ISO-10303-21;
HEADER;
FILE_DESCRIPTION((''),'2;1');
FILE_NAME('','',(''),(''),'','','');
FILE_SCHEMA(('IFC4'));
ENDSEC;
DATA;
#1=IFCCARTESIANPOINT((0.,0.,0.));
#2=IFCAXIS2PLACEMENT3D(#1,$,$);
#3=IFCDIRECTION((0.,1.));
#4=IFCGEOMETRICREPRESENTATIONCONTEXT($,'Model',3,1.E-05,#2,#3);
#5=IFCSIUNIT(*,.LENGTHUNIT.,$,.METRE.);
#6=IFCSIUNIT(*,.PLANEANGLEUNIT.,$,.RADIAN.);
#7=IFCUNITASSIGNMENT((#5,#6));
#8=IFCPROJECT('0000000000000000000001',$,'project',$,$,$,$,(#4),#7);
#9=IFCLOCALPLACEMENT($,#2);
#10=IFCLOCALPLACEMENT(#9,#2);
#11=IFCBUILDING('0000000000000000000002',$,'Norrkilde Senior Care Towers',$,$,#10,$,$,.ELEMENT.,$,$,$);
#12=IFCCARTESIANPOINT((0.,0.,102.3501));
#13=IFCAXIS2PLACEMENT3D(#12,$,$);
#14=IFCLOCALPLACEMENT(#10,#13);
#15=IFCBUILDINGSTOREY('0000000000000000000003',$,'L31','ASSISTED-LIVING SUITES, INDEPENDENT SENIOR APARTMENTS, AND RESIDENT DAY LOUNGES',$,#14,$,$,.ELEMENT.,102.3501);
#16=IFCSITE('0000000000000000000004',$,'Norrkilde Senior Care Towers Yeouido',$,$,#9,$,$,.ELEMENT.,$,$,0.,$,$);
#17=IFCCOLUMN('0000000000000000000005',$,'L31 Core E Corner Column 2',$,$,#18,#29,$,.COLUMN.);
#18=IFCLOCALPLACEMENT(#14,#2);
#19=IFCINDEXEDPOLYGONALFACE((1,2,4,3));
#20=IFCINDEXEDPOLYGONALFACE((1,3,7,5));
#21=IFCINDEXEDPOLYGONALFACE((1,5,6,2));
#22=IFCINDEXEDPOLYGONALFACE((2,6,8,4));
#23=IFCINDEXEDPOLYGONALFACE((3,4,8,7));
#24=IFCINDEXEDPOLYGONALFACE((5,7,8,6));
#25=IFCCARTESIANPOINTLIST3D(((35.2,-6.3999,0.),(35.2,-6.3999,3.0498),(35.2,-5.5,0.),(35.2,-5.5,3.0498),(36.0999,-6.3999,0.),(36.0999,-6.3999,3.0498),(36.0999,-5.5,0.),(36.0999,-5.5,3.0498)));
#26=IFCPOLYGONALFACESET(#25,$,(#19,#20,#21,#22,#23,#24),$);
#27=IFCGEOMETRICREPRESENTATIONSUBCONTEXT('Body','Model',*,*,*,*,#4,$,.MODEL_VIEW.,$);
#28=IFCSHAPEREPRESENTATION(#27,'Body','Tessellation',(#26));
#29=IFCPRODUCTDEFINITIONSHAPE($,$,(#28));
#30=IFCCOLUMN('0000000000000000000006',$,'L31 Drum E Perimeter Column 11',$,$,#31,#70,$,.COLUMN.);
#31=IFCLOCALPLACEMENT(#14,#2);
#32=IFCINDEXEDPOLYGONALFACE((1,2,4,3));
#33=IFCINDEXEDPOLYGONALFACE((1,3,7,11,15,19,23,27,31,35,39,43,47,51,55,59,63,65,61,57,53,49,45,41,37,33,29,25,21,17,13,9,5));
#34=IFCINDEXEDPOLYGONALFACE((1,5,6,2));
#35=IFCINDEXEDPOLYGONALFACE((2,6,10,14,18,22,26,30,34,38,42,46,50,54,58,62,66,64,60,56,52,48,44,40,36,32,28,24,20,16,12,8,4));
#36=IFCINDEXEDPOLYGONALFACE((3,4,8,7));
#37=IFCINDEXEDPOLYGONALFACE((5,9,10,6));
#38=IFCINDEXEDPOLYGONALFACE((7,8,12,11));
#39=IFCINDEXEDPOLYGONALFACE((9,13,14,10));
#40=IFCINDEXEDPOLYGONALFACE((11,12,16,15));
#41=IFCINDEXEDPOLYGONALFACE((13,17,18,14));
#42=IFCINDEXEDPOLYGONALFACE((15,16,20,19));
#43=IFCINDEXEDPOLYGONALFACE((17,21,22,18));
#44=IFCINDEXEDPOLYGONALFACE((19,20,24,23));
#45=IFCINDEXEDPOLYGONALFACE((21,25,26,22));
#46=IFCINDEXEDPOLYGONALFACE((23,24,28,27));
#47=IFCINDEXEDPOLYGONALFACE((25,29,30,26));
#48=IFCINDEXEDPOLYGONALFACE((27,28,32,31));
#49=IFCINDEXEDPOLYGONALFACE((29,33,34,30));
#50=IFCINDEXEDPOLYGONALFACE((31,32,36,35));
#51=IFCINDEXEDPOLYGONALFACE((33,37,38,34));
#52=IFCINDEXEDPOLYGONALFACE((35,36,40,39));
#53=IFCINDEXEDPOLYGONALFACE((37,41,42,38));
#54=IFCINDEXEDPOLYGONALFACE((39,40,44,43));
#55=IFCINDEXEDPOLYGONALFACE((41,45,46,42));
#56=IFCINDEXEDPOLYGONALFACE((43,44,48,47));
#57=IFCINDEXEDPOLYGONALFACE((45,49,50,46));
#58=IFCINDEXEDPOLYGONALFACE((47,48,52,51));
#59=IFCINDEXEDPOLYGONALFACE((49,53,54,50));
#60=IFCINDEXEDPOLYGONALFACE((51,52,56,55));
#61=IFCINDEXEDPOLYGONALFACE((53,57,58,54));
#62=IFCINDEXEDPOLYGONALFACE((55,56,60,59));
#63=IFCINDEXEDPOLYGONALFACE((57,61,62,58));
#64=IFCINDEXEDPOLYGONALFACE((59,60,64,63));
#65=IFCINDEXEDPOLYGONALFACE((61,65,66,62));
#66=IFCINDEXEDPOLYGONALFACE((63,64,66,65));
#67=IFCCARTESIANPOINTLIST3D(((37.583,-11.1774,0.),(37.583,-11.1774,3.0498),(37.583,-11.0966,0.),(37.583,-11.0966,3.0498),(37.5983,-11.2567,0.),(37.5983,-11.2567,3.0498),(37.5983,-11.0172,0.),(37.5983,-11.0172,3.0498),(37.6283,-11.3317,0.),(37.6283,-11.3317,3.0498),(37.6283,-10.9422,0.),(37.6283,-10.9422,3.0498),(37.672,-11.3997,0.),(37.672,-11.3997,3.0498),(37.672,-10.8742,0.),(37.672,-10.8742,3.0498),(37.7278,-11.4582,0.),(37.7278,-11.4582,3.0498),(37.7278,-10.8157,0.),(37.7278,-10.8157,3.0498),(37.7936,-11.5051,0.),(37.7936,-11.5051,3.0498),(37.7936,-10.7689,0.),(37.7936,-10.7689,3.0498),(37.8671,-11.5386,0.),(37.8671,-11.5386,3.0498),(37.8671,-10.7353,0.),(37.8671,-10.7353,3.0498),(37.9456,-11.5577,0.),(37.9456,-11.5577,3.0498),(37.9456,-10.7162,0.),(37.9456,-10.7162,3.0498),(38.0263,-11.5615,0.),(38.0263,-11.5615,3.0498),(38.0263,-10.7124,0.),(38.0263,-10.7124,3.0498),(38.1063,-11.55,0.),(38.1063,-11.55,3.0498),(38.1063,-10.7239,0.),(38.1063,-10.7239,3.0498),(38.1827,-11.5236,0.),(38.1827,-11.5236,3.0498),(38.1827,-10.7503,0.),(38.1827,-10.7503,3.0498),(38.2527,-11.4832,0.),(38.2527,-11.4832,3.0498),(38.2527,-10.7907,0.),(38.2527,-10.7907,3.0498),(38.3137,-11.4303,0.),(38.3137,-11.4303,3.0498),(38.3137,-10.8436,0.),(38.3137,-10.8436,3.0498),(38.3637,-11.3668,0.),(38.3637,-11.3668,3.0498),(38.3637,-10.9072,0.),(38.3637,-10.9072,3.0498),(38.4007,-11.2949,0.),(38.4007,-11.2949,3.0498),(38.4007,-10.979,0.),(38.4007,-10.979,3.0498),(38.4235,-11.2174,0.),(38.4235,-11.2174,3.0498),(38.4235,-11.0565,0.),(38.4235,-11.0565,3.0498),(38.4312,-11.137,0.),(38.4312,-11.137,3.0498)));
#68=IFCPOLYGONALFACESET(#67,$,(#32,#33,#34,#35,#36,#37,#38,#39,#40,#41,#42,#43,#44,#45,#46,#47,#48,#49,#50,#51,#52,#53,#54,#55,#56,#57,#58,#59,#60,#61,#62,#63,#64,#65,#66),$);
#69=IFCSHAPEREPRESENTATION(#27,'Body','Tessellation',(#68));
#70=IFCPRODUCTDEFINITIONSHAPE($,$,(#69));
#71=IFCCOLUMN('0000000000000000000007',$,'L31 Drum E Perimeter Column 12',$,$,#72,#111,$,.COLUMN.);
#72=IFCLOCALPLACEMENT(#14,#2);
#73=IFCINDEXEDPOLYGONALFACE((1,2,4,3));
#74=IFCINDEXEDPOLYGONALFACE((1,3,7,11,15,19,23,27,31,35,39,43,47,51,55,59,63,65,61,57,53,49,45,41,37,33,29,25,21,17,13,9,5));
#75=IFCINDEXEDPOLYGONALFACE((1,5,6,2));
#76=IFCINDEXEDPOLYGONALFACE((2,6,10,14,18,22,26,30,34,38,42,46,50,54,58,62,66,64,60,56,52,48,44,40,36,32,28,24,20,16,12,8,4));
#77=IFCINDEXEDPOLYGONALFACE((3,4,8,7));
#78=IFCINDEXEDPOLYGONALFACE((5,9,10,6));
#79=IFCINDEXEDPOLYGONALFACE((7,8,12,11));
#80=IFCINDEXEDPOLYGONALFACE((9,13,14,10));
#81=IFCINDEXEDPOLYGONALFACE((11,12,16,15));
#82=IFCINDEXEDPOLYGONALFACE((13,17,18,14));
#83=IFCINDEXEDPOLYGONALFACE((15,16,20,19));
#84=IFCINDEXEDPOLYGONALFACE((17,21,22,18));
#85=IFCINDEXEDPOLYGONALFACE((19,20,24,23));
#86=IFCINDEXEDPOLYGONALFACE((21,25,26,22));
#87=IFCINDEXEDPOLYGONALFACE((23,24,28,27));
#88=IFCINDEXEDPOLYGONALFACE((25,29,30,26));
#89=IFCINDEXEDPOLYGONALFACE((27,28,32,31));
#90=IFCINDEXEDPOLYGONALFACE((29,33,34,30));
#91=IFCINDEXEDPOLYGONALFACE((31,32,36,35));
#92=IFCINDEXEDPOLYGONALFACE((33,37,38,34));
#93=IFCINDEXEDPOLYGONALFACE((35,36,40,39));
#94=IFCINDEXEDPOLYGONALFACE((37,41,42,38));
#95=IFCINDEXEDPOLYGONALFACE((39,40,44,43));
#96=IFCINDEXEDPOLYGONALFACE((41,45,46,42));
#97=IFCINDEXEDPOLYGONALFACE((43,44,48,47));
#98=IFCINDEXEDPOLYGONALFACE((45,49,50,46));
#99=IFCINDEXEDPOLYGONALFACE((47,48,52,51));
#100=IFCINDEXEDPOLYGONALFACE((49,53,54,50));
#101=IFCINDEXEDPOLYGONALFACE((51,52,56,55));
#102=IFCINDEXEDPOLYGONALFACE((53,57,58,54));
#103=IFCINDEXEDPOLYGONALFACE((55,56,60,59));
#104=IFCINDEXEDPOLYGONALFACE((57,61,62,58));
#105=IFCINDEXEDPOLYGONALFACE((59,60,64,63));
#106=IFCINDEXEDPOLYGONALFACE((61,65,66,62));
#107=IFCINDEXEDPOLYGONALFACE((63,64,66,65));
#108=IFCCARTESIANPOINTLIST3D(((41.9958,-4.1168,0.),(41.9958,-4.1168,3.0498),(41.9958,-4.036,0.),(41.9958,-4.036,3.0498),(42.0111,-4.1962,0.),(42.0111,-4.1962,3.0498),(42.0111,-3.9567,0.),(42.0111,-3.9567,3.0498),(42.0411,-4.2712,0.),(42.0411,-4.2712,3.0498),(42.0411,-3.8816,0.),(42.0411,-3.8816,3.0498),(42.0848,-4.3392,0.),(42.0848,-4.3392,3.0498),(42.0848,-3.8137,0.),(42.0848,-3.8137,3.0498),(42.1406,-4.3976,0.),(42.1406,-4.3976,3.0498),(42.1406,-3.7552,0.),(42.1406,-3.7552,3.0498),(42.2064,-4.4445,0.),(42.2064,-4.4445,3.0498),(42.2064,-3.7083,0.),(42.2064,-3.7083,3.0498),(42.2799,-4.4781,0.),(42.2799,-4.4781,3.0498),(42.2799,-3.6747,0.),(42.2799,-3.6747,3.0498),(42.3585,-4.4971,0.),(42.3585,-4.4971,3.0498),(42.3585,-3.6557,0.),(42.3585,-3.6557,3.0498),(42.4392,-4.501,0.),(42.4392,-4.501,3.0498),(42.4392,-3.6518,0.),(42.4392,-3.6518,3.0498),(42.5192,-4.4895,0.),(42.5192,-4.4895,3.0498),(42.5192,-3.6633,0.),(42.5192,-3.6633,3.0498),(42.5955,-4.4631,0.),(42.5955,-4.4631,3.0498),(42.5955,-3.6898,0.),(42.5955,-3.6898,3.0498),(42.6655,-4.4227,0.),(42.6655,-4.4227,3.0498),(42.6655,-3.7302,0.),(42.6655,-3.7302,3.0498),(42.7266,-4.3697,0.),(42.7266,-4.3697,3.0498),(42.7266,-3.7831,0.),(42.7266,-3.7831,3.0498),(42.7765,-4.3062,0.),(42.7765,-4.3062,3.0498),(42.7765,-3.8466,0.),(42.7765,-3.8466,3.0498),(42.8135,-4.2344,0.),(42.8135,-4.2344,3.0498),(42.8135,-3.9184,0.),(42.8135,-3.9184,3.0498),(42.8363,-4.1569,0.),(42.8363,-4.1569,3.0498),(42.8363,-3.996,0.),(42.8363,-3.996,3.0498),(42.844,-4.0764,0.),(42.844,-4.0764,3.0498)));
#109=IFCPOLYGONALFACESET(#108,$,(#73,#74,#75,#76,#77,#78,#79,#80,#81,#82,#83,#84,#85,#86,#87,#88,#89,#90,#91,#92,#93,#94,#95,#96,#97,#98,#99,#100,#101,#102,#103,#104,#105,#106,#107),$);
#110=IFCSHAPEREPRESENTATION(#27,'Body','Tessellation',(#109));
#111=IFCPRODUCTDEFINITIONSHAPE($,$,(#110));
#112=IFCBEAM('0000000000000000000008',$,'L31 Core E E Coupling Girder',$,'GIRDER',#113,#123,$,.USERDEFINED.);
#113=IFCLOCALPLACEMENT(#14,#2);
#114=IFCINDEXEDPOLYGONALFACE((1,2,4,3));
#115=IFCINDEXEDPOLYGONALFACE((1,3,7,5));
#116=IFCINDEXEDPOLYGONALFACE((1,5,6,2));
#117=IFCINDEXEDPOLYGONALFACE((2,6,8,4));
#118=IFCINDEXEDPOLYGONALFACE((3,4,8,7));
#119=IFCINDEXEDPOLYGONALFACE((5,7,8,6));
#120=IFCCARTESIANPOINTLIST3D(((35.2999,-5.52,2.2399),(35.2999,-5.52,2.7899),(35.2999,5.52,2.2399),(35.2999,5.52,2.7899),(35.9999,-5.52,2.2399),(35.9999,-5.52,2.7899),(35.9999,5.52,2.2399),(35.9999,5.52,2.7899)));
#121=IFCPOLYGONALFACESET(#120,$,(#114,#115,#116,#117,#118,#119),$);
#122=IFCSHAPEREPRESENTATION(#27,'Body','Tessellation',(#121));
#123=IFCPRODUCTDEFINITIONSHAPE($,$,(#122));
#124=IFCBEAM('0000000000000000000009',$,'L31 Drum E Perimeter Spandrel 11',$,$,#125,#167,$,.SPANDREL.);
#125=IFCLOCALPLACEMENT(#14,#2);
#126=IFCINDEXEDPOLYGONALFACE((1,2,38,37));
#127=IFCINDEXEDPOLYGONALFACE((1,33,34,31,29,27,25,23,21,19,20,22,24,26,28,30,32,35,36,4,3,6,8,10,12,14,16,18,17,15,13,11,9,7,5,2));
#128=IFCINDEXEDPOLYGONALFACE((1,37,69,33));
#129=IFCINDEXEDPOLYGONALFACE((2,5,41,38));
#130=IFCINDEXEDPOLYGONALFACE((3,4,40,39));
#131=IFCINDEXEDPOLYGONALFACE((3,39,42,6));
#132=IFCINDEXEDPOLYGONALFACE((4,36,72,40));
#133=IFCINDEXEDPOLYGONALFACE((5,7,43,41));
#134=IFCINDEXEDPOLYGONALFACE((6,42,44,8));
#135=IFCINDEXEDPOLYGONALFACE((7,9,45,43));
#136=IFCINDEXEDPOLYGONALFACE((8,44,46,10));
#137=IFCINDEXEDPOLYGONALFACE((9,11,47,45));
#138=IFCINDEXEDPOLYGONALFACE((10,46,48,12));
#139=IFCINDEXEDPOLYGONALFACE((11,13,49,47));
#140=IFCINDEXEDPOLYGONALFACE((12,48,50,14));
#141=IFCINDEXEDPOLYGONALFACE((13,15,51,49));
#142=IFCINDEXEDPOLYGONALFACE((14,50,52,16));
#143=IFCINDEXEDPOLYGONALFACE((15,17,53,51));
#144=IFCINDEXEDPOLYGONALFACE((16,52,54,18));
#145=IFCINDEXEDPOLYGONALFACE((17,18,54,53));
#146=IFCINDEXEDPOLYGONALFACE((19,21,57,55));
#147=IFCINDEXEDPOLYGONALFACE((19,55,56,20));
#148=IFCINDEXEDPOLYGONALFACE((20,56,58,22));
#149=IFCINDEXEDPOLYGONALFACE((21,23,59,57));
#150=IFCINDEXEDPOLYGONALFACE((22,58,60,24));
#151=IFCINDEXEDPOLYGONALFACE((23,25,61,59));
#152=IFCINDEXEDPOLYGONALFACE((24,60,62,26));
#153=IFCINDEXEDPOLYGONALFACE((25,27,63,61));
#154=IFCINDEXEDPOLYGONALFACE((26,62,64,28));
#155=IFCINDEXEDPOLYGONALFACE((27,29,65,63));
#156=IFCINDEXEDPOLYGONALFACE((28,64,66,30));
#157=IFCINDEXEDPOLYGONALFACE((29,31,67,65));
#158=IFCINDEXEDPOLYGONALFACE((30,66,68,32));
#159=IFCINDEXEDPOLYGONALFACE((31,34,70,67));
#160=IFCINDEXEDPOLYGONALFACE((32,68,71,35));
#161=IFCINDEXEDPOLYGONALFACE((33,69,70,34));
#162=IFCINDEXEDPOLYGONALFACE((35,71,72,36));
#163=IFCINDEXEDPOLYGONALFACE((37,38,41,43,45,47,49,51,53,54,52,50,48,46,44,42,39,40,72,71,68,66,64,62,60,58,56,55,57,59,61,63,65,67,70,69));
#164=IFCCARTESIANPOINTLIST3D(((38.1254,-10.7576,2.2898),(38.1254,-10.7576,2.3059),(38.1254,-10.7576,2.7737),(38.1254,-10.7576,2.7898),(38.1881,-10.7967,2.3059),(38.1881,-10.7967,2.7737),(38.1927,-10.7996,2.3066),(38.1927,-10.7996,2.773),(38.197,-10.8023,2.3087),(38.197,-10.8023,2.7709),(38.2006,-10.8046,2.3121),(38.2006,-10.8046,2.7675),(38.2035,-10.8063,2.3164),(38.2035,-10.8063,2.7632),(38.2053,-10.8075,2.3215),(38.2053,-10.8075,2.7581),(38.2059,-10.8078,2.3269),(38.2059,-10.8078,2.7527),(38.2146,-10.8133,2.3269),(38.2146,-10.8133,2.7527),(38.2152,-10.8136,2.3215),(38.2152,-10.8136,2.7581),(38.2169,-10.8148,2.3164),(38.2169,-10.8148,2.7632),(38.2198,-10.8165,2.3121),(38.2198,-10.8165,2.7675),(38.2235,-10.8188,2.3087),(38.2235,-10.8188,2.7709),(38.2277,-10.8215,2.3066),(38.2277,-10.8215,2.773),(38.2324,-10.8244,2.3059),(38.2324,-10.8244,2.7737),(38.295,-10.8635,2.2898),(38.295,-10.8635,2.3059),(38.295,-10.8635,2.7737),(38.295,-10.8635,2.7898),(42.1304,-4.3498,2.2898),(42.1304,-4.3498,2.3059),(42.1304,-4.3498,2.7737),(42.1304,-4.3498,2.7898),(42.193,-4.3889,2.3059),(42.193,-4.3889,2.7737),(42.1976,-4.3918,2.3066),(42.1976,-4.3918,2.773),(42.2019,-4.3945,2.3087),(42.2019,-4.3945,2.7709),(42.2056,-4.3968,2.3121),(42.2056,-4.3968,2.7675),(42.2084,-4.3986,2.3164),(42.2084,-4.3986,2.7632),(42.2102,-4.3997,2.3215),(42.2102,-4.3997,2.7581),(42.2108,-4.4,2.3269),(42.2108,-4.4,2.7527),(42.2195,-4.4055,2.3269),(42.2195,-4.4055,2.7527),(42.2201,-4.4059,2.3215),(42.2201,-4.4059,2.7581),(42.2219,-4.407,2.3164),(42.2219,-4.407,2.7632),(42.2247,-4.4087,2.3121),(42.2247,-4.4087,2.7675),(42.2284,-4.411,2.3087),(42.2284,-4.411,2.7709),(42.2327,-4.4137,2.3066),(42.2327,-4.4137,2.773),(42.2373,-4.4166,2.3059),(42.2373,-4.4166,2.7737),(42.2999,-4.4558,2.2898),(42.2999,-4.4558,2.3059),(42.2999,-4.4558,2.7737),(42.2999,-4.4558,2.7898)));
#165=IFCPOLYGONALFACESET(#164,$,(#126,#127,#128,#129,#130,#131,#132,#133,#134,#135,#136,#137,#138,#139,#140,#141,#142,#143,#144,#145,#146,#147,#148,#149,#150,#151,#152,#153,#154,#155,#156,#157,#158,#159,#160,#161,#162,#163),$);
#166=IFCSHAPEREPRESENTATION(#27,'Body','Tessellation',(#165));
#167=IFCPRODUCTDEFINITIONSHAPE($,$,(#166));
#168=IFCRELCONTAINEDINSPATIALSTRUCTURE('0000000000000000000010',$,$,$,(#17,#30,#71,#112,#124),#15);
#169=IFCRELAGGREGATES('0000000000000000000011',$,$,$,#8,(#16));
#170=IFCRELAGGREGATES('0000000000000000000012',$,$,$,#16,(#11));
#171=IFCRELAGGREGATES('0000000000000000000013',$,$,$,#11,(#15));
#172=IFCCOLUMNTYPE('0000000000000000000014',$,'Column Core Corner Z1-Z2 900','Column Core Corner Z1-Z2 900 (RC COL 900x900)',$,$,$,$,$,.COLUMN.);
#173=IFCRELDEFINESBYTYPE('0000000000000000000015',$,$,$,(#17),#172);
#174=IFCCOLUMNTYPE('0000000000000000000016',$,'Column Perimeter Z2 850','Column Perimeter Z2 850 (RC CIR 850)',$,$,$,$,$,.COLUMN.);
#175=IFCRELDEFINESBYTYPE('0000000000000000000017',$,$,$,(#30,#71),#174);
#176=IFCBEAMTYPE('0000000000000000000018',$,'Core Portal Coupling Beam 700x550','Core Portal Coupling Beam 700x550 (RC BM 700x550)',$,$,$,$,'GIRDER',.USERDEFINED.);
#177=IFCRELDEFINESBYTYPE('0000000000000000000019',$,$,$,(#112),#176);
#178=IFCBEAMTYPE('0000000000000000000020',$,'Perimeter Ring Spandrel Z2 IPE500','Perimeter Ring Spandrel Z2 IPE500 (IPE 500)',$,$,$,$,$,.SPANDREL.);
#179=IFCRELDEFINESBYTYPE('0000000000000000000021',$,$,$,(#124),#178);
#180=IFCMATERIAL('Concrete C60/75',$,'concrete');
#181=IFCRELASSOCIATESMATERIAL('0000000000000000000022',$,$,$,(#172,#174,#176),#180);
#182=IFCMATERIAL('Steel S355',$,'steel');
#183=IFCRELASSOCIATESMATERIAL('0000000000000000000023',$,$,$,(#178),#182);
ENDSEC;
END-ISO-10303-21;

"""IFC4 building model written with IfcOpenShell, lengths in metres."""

from ifc_helpers import new_model, si_unit, direction, frame, origin, origin_2d, place, context, subcontext, project, spatial, rectangle, circle, i_section, extrude, source, transform, mapped, material, material_profile, profile_set, type_object, type_shapes, element, save


model = new_model("IFC4")

# Units and contexts
model_context = context("Model", 3, precision=1e-05, world=origin(), true_north=direction((0.0, 1.0)))
body_context = subcontext(model_context, "Body", "Model", "MODEL_VIEW")
ifc_project = project(units=[si_unit("LENGTHUNIT", "METRE"), si_unit("PLANEANGLEUNIT", "RADIAN")], contexts=[model_context])

# Site, building, storey
site_placement = place(None, origin())
site = spatial("IfcSite", under=ifc_project, at=site_placement, Name="Norrkilde Senior Care Towers Yeouido", CompositionType="ELEMENT", RefElevation=0.0)
building_placement = place(site_placement, origin())
building = spatial("IfcBuilding", under=site, at=building_placement, Name="Norrkilde Senior Care Towers", CompositionType="ELEMENT")
storey_placement = place(building_placement, frame((0.0, 0.0, 102.3501)))
storey = spatial("IfcBuildingStorey", under=building, at=storey_placement, Name="L31", Description="ASSISTED-LIVING SUITES, INDEPENDENT SENIOR APARTMENTS, AND RESIDENT DAY LOUNGES", CompositionType="ELEMENT", Elevation=102.3501)

# Columns
ifc_material_1 = material(Name="Concrete C60/75", Category="concrete")
ifc_material_profile_1 = material_profile(ifc_material_1, rectangle(XDim=0.8999, YDim=0.8999, at=origin_2d()), Name="RC COL 900x900")
ifc_profile_set_1 = profile_set([ifc_material_profile_1], Name="Concrete C60/75")
column_type_1 = type_object("IfcColumnType", Name="Column Core Corner Z1-Z2 900", Description="Column Core Corner Z1-Z2 900 (RC COL 900x900)", PredefinedType="COLUMN", material=ifc_profile_set_1)
shared_shape_1 = source(origin(), body_context, "Body", "SweptSolid", [
    extrude(rectangle(XDim=0.8999, YDim=0.8999, at=origin_2d()), origin(), (0.0, 0.0, 1.0), 3.0498),
])
type_shapes(column_type_1, [shared_shape_1])
column_placement = place(storey_placement, frame((35.6499, -5.95, 0.0), z_axis=(0.0, 0.0, 1.0), x_axis=(1.0, 0.0, 0.0)))
element("IfcColumn", 1, at=column_placement, inside=storey, type_object=column_type_1, Name="L31 Core E Corner Column 2", PredefinedType="COLUMN", context=body_context, shape_type="MappedRepresentation", body=[
    mapped(shared_shape_1, transform((0.0, 0.0, 0.0), x_axis=(1.0, 0.0, 0.0), y_axis=(0.0, 1.0, 0.0), z_axis=(0.0, 0.0, 1.0), scale=1.0)),
])
ifc_material_profile_2 = material_profile(ifc_material_1, circle(Radius=0.425, at=origin_2d()), Name="RC CIR 850")
ifc_profile_set_2 = profile_set([ifc_material_profile_2], Name="Concrete C60/75")
column_type_2 = type_object("IfcColumnType", Name="Column Perimeter Z2 850", Description="Column Perimeter Z2 850 (RC CIR 850)", PredefinedType="COLUMN", material=ifc_profile_set_2)
shared_shape_2 = source(origin(), body_context, "Body", "SweptSolid", [
    extrude(circle(Radius=0.425, at=origin_2d()), origin(), (0.0, 0.0, 1.0), 3.0498),
])
type_shapes(column_type_2, [shared_shape_2])
for number, where, z_axis, x_axis, name in (
    (2, (38.0061, -11.137, 0.0), (0.0, 0.0, 1.0), (1.0, 0.0, 0.0), "L31 Drum E Perimeter Column 11"),
    (3, (42.4189, -4.0764, 0.0), (0.0, 0.0, 1.0), (1.0, 0.0, 0.0), "L31 Drum E Perimeter Column 12"),
):
    element("IfcColumn", number, at=place(storey_placement, frame(where, z_axis=z_axis, x_axis=x_axis)), inside=storey, type_object=column_type_2, Name=name, PredefinedType="COLUMN", context=body_context, shape_type="MappedRepresentation", body=[
        mapped(shared_shape_2, transform((0.0, 0.0, 0.0), x_axis=(1.0, 0.0, 0.0), y_axis=(0.0, 1.0, 0.0), z_axis=(0.0, 0.0, 1.0), scale=1.0)),
    ])

# Beams
ifc_material_profile_3 = material_profile(ifc_material_1, rectangle(XDim=0.7, YDim=0.55, at=origin_2d()), Name="RC BM 700x550")
ifc_profile_set_3 = profile_set([ifc_material_profile_3], Name="Concrete C60/75")
beam_type_1 = type_object("IfcBeamType", Name="Core Portal Coupling Beam 700x550", Description="Core Portal Coupling Beam 700x550 (RC BM 700x550)", ElementType="GIRDER", PredefinedType="USERDEFINED", material=ifc_profile_set_3)
shared_shape_3 = source(origin(), body_context, "Body", "SweptSolid", [
    extrude(rectangle(XDim=0.7, YDim=0.55, at=origin_2d()), origin(), (0.0, 0.0, 1.0), 11.04),
])
type_shapes(beam_type_1, [shared_shape_3])
beam_1_placement = place(storey_placement, frame((35.6499, -5.52, 2.5149), z_axis=(0.0, 1.0, 0.0), x_axis=(-1.0, 0.0, 0.0)))
element("IfcBeam", 4, at=beam_1_placement, inside=storey, type_object=beam_type_1, Name="L31 Core E E Coupling Girder", ObjectType="GIRDER", PredefinedType="USERDEFINED", context=body_context, shape_type="MappedRepresentation", body=[
    mapped(shared_shape_3, transform((0.0, 0.0, 0.0), x_axis=(1.0, 0.0, 0.0), y_axis=(0.0, 1.0, 0.0), z_axis=(0.0, 0.0, 1.0), scale=1.0)),
])
ifc_material_2 = material(Name="Steel S355", Category="steel")
ifc_material_profile_4 = material_profile(ifc_material_2, i_section(OverallWidth=0.2, OverallDepth=0.5, WebThickness=0.0103, FlangeThickness=0.0161, FilletRadius=0.021, at=origin_2d()), Name="IPE 500")
ifc_profile_set_4 = profile_set([ifc_material_profile_4], Name="Steel S355")
beam_type_2 = type_object("IfcBeamType", Name="Perimeter Ring Spandrel Z2 IPE500", Description="Perimeter Ring Spandrel Z2 IPE500 (IPE 500)", PredefinedType="SPANDREL", material=ifc_profile_set_4)
shared_shape_4 = source(origin(), body_context, "Body", "SweptSolid", [
    extrude(i_section(OverallWidth=0.2, OverallDepth=0.5, WebThickness=0.0103, FlangeThickness=0.0161, FilletRadius=0.021, at=origin_2d()), origin(), (0.0, 0.0, 1.0), 7.5564),
])
beam_2_placement = place(storey_placement, frame((38.2102, -10.8105, 2.5398), z_axis=(0.530005, 0.847995, 0.0), x_axis=(-0.847995, 0.530005, 0.0)))
element("IfcBeam", 5, at=beam_2_placement, inside=storey, type_object=beam_type_2, Name="L31 Drum E Perimeter Spandrel 11", PredefinedType="SPANDREL", context=body_context, shape_type="MappedRepresentation", body=[
    mapped(shared_shape_4, transform((0.0, 0.0, 0.0), x_axis=(1.0, 0.0, 0.0), y_axis=(0.0, 1.0, 0.0), z_axis=(0.0, 0.0, 1.0), scale=1.0)),
])

save(model, "model.ifc")
